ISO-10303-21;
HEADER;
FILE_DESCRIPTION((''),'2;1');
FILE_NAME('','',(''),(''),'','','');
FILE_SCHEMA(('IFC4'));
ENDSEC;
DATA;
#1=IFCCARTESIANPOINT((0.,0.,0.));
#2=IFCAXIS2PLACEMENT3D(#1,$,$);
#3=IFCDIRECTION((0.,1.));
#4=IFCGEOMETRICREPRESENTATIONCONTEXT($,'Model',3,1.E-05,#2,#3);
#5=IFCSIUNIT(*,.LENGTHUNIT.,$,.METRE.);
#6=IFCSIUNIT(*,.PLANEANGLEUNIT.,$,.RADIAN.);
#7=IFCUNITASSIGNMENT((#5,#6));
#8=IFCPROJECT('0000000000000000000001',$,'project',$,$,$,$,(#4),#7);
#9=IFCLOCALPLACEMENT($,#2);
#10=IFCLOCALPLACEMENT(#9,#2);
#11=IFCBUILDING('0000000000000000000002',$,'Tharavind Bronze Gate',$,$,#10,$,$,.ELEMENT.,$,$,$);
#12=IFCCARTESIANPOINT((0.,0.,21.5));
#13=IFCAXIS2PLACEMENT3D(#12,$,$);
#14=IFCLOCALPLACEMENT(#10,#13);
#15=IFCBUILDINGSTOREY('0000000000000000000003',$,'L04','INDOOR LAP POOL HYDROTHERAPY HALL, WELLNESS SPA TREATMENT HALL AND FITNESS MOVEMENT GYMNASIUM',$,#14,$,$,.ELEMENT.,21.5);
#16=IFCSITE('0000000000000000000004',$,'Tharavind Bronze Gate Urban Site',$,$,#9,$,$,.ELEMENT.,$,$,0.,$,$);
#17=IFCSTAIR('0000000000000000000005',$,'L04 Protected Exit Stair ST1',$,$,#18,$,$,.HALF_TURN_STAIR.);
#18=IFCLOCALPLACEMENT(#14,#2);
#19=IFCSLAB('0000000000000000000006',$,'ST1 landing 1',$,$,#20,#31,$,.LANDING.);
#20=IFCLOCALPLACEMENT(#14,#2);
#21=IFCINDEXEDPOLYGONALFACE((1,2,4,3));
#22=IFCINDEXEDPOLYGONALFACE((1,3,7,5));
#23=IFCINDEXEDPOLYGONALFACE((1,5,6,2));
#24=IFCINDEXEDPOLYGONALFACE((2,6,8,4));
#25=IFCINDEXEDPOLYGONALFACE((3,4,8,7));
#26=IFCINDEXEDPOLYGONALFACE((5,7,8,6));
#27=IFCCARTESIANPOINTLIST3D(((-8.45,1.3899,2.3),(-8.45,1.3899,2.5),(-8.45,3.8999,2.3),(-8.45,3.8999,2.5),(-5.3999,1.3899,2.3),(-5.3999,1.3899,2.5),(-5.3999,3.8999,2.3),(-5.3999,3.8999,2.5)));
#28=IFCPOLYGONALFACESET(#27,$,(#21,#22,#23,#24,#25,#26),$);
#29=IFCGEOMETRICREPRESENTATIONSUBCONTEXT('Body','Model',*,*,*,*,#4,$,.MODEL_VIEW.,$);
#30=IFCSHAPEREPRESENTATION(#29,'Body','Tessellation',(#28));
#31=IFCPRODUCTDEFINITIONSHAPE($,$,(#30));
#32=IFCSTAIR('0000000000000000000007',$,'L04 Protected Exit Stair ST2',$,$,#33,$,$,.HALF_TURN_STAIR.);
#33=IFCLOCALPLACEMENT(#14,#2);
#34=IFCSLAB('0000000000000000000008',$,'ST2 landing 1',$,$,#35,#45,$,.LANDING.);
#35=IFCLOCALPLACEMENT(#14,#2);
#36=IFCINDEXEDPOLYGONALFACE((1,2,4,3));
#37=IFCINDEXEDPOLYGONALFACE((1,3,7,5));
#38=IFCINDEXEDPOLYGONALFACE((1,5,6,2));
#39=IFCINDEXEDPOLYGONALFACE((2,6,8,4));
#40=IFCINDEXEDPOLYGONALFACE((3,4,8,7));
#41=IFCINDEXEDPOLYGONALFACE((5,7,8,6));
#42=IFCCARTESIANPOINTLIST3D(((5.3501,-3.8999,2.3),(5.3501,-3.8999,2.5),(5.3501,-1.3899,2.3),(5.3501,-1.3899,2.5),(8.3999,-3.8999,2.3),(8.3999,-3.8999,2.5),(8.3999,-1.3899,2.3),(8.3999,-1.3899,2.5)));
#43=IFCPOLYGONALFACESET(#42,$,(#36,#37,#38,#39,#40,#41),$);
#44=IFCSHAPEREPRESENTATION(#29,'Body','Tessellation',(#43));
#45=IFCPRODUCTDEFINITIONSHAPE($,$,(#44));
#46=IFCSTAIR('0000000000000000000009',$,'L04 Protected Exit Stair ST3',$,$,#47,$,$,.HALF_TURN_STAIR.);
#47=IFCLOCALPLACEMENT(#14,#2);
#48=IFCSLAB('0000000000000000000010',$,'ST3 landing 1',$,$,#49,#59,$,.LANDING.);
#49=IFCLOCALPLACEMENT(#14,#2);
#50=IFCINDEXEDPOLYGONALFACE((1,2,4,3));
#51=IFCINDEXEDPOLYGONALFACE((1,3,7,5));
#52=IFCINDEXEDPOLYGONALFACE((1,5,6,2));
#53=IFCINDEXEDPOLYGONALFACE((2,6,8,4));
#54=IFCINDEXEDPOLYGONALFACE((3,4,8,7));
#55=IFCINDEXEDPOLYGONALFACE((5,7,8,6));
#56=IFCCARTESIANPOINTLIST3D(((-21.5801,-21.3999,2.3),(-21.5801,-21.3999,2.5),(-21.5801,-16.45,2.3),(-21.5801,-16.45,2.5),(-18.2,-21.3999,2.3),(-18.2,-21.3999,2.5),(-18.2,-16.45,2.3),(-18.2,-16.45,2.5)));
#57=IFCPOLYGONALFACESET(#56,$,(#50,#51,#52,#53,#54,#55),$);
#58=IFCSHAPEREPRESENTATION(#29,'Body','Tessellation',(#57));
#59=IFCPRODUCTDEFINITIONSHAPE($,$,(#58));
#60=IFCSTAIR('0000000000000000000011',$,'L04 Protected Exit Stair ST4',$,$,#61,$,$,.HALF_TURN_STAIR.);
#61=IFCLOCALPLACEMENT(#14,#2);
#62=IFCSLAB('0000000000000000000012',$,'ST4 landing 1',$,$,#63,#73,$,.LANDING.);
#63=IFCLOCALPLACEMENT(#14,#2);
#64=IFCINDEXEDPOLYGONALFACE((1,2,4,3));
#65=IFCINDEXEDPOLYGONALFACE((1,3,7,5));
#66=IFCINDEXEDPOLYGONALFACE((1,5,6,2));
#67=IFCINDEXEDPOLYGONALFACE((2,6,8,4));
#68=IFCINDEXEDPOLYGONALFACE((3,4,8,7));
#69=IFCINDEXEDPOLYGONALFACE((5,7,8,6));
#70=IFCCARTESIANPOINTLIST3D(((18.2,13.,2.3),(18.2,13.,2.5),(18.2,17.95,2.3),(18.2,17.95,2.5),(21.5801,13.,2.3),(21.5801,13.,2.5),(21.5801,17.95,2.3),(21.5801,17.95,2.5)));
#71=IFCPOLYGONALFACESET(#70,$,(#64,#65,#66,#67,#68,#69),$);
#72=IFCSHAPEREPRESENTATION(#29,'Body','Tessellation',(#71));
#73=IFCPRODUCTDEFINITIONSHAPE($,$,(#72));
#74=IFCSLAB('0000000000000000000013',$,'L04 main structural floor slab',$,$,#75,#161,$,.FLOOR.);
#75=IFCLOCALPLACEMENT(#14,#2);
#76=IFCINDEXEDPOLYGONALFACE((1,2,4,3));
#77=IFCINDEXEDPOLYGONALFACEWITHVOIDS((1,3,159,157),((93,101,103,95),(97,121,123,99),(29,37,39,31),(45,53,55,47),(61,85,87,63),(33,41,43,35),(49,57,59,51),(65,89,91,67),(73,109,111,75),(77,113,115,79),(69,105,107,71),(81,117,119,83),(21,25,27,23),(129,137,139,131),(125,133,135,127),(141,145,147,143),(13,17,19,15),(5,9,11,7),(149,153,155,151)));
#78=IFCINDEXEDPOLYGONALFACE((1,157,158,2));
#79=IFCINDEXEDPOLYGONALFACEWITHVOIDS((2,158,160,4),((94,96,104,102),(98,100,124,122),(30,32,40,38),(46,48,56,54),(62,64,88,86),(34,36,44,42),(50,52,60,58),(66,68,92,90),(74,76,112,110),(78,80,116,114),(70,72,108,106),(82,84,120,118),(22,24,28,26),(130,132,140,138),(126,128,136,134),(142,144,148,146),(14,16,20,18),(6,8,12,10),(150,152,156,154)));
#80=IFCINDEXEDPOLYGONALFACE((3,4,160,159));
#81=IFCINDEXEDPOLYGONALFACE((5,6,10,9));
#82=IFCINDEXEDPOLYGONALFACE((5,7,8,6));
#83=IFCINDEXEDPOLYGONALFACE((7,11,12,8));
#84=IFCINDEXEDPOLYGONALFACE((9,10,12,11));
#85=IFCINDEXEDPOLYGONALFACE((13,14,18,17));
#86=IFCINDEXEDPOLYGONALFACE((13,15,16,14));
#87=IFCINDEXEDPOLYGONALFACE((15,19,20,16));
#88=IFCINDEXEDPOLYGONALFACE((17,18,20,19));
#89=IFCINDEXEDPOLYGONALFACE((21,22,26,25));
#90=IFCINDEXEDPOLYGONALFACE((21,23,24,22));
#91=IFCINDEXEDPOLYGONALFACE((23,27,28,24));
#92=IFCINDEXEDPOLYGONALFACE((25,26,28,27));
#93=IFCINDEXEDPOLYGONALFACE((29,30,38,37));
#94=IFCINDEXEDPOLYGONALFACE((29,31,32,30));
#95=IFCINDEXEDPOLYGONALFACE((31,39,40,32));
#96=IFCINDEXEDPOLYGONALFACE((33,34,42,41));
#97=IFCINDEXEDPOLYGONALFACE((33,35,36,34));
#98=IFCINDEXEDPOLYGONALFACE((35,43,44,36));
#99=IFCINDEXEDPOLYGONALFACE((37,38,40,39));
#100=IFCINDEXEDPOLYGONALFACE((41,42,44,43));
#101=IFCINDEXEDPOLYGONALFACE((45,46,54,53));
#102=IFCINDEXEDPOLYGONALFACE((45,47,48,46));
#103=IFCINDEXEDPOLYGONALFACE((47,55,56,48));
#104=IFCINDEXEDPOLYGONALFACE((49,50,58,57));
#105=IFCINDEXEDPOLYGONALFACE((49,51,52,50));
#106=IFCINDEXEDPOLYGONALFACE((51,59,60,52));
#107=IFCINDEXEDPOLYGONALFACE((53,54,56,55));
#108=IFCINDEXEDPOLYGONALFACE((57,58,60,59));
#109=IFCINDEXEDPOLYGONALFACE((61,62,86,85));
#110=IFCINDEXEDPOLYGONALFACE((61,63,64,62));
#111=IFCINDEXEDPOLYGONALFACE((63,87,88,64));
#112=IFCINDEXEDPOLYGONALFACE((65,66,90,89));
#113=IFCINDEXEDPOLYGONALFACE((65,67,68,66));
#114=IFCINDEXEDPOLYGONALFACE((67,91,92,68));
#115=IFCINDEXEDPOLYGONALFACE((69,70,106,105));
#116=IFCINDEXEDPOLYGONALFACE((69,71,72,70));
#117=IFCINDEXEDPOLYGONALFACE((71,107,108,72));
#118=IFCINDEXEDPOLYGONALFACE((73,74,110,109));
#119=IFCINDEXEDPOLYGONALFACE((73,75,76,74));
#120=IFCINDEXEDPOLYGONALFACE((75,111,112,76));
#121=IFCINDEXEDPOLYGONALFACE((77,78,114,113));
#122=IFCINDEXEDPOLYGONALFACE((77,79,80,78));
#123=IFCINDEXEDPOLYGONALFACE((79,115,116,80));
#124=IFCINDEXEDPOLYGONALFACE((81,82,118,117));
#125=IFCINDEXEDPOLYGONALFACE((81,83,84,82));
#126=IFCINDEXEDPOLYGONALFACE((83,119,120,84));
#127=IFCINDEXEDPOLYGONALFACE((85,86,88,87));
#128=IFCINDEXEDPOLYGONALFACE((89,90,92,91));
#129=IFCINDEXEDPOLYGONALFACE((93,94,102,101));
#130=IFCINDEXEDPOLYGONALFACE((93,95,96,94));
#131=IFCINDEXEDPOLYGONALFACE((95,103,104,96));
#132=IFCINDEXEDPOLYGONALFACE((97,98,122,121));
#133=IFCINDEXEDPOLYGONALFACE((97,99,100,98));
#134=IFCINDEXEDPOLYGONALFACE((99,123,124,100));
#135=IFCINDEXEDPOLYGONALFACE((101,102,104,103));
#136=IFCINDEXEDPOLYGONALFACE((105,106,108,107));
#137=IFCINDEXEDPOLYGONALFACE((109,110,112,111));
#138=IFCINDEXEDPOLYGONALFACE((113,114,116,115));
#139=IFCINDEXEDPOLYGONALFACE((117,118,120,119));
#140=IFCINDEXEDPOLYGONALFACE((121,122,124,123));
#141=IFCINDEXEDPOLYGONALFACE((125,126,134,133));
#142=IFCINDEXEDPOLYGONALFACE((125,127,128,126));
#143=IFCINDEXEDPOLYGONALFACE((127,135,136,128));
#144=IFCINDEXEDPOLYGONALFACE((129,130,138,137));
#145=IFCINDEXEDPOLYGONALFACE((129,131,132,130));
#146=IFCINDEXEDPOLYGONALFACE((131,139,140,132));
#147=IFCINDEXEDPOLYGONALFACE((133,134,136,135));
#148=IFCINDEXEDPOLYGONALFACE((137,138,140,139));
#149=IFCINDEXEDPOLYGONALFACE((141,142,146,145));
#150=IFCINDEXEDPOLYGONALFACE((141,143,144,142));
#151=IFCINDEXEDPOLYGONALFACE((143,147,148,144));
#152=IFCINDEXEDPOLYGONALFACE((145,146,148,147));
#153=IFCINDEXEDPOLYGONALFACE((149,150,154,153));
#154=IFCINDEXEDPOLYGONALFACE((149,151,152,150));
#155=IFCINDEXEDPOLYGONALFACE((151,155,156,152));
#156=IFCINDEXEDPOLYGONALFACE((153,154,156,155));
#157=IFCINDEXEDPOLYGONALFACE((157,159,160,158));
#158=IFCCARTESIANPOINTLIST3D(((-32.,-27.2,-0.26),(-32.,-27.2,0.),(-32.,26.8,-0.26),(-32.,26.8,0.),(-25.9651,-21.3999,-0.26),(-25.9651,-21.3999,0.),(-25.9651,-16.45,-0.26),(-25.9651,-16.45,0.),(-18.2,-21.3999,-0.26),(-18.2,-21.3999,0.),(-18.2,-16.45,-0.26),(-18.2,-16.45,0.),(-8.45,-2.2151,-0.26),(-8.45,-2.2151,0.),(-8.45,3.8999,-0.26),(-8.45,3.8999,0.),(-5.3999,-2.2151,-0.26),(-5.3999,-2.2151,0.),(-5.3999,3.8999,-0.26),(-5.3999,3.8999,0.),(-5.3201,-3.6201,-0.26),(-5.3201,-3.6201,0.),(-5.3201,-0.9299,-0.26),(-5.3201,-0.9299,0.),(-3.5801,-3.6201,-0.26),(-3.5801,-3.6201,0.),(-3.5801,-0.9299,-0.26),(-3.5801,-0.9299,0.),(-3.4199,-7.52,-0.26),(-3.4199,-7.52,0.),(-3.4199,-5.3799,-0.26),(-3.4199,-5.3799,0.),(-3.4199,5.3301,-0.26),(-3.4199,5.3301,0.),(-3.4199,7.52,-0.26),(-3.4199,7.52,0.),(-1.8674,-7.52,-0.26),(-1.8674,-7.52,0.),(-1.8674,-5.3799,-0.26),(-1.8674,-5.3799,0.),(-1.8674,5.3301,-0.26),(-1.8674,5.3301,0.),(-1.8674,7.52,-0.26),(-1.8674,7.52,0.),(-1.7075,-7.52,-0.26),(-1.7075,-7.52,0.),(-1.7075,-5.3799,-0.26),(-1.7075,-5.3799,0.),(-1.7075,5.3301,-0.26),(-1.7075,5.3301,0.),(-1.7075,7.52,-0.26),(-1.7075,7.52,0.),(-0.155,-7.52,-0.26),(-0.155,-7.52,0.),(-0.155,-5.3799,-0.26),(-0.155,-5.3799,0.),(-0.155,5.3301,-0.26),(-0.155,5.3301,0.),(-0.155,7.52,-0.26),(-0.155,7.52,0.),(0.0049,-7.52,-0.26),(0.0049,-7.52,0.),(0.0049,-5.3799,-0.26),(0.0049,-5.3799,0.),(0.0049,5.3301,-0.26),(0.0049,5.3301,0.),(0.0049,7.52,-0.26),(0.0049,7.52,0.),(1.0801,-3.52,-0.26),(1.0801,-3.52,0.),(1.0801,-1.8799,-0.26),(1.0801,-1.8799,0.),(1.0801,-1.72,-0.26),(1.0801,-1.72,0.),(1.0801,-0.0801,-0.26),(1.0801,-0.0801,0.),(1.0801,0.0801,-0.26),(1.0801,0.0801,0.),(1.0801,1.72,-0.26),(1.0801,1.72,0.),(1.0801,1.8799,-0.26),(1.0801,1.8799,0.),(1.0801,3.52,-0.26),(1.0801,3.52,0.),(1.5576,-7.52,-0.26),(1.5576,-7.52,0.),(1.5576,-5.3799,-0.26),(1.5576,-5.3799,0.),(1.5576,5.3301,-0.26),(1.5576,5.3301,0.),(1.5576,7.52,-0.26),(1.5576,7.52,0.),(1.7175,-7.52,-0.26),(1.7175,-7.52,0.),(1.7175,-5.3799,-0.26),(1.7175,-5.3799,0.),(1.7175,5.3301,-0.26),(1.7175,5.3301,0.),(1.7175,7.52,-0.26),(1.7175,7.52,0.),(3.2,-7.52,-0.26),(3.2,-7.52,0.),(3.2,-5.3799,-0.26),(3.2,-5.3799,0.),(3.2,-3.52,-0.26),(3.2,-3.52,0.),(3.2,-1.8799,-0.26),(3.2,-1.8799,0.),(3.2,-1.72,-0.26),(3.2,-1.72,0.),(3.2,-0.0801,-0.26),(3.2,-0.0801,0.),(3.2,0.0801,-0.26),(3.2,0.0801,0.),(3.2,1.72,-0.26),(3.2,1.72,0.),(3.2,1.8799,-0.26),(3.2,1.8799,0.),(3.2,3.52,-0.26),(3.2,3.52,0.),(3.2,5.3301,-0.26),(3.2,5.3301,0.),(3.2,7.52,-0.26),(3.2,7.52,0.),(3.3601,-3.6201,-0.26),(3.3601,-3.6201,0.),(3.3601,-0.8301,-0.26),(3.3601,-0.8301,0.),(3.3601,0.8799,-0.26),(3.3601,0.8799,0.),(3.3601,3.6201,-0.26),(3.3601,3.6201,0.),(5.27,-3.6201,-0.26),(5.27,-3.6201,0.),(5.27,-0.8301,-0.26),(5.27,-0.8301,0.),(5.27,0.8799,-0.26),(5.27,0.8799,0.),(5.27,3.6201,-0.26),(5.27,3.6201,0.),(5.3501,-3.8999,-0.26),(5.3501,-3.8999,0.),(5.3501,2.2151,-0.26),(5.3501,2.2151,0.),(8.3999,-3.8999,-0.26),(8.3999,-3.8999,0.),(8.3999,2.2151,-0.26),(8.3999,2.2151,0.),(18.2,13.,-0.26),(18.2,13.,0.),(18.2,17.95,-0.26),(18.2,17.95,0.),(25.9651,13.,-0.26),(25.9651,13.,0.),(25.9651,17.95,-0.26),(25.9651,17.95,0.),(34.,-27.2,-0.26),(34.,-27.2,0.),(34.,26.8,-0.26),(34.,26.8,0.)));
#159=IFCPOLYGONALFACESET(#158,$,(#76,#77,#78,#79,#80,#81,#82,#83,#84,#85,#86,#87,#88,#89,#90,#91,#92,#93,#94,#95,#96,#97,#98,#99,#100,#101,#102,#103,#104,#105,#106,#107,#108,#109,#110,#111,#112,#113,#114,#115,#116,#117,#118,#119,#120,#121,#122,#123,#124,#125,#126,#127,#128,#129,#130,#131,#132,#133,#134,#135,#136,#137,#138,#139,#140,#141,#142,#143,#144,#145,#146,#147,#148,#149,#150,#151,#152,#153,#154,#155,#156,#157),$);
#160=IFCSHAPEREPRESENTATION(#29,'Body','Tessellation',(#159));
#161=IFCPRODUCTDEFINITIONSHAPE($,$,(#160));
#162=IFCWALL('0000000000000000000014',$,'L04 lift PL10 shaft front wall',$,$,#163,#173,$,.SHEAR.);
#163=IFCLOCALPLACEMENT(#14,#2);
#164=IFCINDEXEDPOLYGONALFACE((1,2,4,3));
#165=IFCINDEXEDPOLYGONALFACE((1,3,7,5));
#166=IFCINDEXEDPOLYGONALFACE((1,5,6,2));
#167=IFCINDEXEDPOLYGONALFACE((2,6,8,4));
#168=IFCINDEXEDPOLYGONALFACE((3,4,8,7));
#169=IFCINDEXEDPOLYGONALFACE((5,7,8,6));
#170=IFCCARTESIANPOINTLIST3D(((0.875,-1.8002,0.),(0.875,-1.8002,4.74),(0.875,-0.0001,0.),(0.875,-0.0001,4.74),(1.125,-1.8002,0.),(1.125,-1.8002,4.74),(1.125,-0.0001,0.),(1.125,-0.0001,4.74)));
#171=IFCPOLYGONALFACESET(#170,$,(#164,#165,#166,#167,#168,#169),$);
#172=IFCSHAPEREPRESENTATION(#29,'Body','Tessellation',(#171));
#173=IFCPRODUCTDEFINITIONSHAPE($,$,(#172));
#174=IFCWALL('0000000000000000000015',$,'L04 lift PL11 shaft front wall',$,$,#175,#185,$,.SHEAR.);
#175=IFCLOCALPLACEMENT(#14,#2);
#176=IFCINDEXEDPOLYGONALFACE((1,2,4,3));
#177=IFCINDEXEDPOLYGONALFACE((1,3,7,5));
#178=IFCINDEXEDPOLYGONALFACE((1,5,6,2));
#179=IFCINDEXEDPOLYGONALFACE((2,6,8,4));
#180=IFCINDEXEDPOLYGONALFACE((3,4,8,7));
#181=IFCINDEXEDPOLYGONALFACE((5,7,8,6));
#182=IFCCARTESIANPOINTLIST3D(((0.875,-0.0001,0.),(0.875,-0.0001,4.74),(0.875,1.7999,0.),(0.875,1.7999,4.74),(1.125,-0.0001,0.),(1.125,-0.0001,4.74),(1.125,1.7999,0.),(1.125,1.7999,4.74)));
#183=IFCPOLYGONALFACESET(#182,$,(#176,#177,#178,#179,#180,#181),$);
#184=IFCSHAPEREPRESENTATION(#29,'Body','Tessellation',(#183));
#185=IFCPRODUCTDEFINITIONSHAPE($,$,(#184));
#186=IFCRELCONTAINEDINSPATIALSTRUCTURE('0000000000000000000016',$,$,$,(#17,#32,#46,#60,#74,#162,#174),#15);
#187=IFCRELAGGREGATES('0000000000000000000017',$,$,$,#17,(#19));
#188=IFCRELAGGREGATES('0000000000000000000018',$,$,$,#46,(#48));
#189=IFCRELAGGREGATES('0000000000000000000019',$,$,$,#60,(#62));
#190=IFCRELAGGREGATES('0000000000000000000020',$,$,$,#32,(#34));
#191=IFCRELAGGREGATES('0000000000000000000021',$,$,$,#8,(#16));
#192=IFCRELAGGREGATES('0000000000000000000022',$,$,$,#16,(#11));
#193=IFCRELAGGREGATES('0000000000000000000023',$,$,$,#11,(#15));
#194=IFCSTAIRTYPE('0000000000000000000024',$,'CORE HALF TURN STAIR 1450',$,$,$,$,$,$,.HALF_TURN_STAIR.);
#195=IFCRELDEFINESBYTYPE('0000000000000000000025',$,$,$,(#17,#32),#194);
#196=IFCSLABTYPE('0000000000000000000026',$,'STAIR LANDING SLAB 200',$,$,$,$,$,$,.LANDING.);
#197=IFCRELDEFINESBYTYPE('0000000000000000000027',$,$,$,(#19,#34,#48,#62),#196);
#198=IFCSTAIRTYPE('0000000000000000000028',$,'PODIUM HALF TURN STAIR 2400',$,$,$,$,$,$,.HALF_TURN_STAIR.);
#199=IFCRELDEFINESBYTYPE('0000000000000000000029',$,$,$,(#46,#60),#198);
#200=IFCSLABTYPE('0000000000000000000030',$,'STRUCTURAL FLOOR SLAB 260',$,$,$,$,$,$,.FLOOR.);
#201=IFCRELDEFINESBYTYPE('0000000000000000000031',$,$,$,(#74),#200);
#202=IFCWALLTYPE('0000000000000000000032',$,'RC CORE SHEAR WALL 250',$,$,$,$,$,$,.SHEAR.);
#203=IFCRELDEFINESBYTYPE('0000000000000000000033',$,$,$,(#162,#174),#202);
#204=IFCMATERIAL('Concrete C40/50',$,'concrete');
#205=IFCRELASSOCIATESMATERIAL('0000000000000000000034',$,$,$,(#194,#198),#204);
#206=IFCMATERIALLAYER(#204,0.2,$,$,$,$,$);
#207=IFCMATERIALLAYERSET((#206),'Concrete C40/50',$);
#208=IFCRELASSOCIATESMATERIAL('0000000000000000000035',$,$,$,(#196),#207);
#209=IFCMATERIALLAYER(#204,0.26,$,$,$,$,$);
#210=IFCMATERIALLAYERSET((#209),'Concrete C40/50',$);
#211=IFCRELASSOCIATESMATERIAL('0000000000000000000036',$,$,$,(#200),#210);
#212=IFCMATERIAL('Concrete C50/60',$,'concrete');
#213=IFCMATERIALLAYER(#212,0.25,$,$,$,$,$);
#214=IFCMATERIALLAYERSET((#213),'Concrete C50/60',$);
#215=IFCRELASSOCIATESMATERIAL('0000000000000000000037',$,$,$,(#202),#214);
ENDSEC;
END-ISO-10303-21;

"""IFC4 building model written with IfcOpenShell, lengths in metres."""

from ifc_helpers import new_model, si_unit, direction, frame, frame_2d, origin, place, context, subcontext, project, spatial, polyline, rectangle, outline, extrude, material, layer, layer_set, type_object, element, aggregate, save


model = new_model("IFC4")

# Units and contexts
model_context = context("Model", 3, precision=1e-05, world=origin(), true_north=direction((0.0, 1.0)))
body_context = subcontext(model_context, "Body", "Model", "MODEL_VIEW")
ifc_project = project(units=[si_unit("LENGTHUNIT", "METRE"), si_unit("PLANEANGLEUNIT", "RADIAN")], contexts=[model_context])

# Site, building, storey
site_placement = place(None, origin())
site = spatial("IfcSite", under=ifc_project, at=site_placement, Name="Tharavind Bronze Gate Urban Site", CompositionType="ELEMENT", RefElevation=0.0)
building_placement = place(site_placement, origin())
building = spatial("IfcBuilding", under=site, at=building_placement, Name="Tharavind Bronze Gate", CompositionType="ELEMENT")
storey_placement = place(building_placement, frame((0.0, 0.0, 21.5)))
storey = spatial("IfcBuildingStorey", under=building, at=storey_placement, Name="L04", Description="INDOOR LAP POOL HYDROTHERAPY HALL, WELLNESS SPA TREATMENT HALL AND FITNESS MOVEMENT GYMNASIUM", CompositionType="ELEMENT", Elevation=21.5)

# Stairs, slabs
ifc_material_1 = material(Name="Concrete C40/50", Category="concrete")
stair_type_1 = type_object("IfcStairType", Name="CORE HALF TURN STAIR 1450", PredefinedType="HALF_TURN_STAIR", material=ifc_material_1)
stair_1_placement = place(storey_placement, origin())
stair_1 = element("IfcStair", 1, at=stair_1_placement, inside=storey, type_object=stair_type_1, Name="L04 Protected Exit Stair ST1", PredefinedType="HALF_TURN_STAIR")
ifc_layer_1 = layer(ifc_material_1, 0.2)
ifc_layer_set_1 = layer_set([ifc_layer_1], Name="Concrete C40/50")
slab_type_1 = type_object("IfcSlabType", Name="STAIR LANDING SLAB 200", PredefinedType="LANDING", material=ifc_layer_set_1)
slab_1_placement = place(storey_placement, frame((0.0, 0.0, 2.3)))
slab_1 = element("IfcSlab", 2, at=slab_1_placement, type_object=slab_type_1, Name="ST1 landing 1", PredefinedType="LANDING", context=body_context, shape_type="SweptSolid", body=[
    extrude(outline(polyline([(-5.3999, 1.3899), (-5.3999, 3.8999), (-8.45, 3.8999), (-8.45, 1.3899), (-5.3999, 1.3899)])), origin(), (0.0, 0.0, 1.0), 0.2),
])
aggregate(stair_1, [slab_1])
stair_2_placement = place(storey_placement, origin())
stair_2 = element("IfcStair", 3, at=stair_2_placement, inside=storey, type_object=stair_type_1, Name="L04 Protected Exit Stair ST2", PredefinedType="HALF_TURN_STAIR")
slab_2_placement = place(storey_placement, frame((0.0, 0.0, 2.3)))
slab_2 = element("IfcSlab", 4, at=slab_2_placement, type_object=slab_type_1, Name="ST2 landing 1", PredefinedType="LANDING", context=body_context, shape_type="SweptSolid", body=[
    extrude(outline(polyline([(5.3501, -1.3899), (5.3501, -3.8999), (8.3999, -3.8999), (8.3999, -1.3899), (5.3501, -1.3899)])), origin(), (0.0, 0.0, 1.0), 0.2),
])
stair_type_2 = type_object("IfcStairType", Name="PODIUM HALF TURN STAIR 2400", PredefinedType="HALF_TURN_STAIR", material=ifc_material_1)
stair_3_placement = place(storey_placement, origin())
stair_3 = element("IfcStair", 5, at=stair_3_placement, inside=storey, type_object=stair_type_2, Name="L04 Protected Exit Stair ST3", PredefinedType="HALF_TURN_STAIR")
slab_3_placement = place(storey_placement, frame((0.0, 0.0, 2.3)))
slab_3 = element("IfcSlab", 6, at=slab_3_placement, type_object=slab_type_1, Name="ST3 landing 1", PredefinedType="LANDING", context=body_context, shape_type="SweptSolid", body=[
    extrude(outline(polyline([(-21.5801, -21.3999), (-18.2, -21.3999), (-18.2, -16.45), (-21.5801, -16.45), (-21.5801, -21.3999)])), origin(), (0.0, 0.0, 1.0), 0.2),
])
aggregate(stair_3, [slab_3])
stair_4_placement = place(storey_placement, origin())
stair_4 = element("IfcStair", 7, at=stair_4_placement, inside=storey, type_object=stair_type_2, Name="L04 Protected Exit Stair ST4", PredefinedType="HALF_TURN_STAIR")
slab_4_placement = place(storey_placement, frame((0.0, 0.0, 2.3)))
slab_4 = element("IfcSlab", 8, at=slab_4_placement, type_object=slab_type_1, Name="ST4 landing 1", PredefinedType="LANDING", context=body_context, shape_type="SweptSolid", body=[
    extrude(outline(polyline([(21.5801, 17.95), (18.2, 17.95), (18.2, 13.0), (21.5801, 13.0), (21.5801, 17.95)])), origin(), (0.0, 0.0, 1.0), 0.2),
])
aggregate(stair_4, [slab_4])

# Slab
ifc_layer_2 = layer(ifc_material_1, 0.26)
ifc_layer_set_2 = layer_set([ifc_layer_2], Name="Concrete C40/50")
slab_type_2 = type_object("IfcSlabType", Name="STRUCTURAL FLOOR SLAB 260", PredefinedType="FLOOR", material=ifc_layer_set_2)
slab_5_placement = place(storey_placement, frame((0.0, 0.0, -0.26)))
element("IfcSlab", 9, at=slab_5_placement, inside=storey, type_object=slab_type_2, Name="L04 main structural floor slab", PredefinedType="FLOOR", context=body_context, shape_type="SweptSolid", body=[
    extrude(outline(polyline([(-32.0, -27.2), (34.0, -27.2), (34.0, 26.8), (-32.0, 26.8), (-32.0, -27.2)]), holes=[polyline([(-5.3999, -2.2151), (-5.3999, 3.8999), (-8.45, 3.8999), (-8.45, -2.2151), (-5.3999, -2.2151)]), polyline([(5.3501, 2.2151), (5.3501, -3.8999), (8.3999, -3.8999), (8.3999, 2.2151), (5.3501, 2.2151)]), polyline([(-25.9651, -21.3999), (-18.2, -21.3999), (-18.2, -16.45), (-25.9651, -16.45), (-25.9651, -21.3999)]), polyline([(25.9651, 17.95), (18.2, 17.95), (18.2, 13.0), (25.9651, 13.0), (25.9651, 17.95)]), polyline([(-3.4199, -7.52), (-1.8674, -7.52), (-1.8674, -5.3799), (-3.4199, -5.3799), (-3.4199, -7.52)]), polyline([(-1.7075, -7.52), (-0.155, -7.52), (-0.155, -5.3799), (-1.7075, -5.3799), (-1.7075, -7.52)]), polyline([(0.0049, -7.52), (1.5576, -7.52), (1.5576, -5.3799), (0.0049, -5.3799), (0.0049, -7.52)]), polyline([(1.7175, -7.52), (3.2, -7.52), (3.2, -5.3799), (1.7175, -5.3799), (1.7175, -7.52)]), polyline([(-3.4199, 5.3301), (-1.8674, 5.3301), (-1.8674, 7.52), (-3.4199, 7.52), (-3.4199, 5.3301)]), polyline([(-1.7075, 5.3301), (-0.155, 5.3301), (-0.155, 7.52), (-1.7075, 7.52), (-1.7075, 5.3301)]), polyline([(0.0049, 5.3301), (1.5576, 5.3301), (1.5576, 7.52), (0.0049, 7.52), (0.0049, 5.3301)]), polyline([(1.7175, 5.3301), (3.2, 5.3301), (3.2, 7.52), (1.7175, 7.52), (1.7175, 5.3301)]), polyline([(1.0801, -3.52), (3.2, -3.52), (3.2, -1.8799), (1.0801, -1.8799), (1.0801, -3.52)]), polyline([(1.0801, -1.72), (3.2, -1.72), (3.2, -0.0801), (1.0801, -0.0801), (1.0801, -1.72)]), polyline([(1.0801, 0.0801), (3.2, 0.0801), (3.2, 1.72), (1.0801, 1.72), (1.0801, 0.0801)]), polyline([(1.0801, 1.8799), (3.2, 1.8799), (3.2, 3.52), (1.0801, 3.52), (1.0801, 1.8799)]), polyline([(-5.3201, -3.6201), (-3.5801, -3.6201), (-3.5801, -0.9299), (-5.3201, -0.9299), (-5.3201, -3.6201)]), polyline([(3.3601, 0.8799), (5.27, 0.8799), (5.27, 3.6201), (3.3601, 3.6201), (3.3601, 0.8799)]), polyline([(3.3601, -3.6201), (5.27, -3.6201), (5.27, -0.8301), (3.3601, -0.8301), (3.3601, -3.6201)])]), origin(), (0.0, 0.0, 1.0), 0.26),
])

# Walls
ifc_material_2 = material(Name="Concrete C50/60", Category="concrete")
ifc_layer_3 = layer(ifc_material_2, 0.25)
ifc_layer_set_3 = layer_set([ifc_layer_3], Name="Concrete C50/60")
wall_type_1 = type_object("IfcWallType", Name="RC CORE SHEAR WALL 250", PredefinedType="SHEAR", material=ifc_layer_set_3)
for number, where, z_axis, x_axis, name in (
    (10, (1.0, -1.8, 0.0), (0.0, 0.0, 1.0), (0.0, 1.0, 0.0), "L04 lift PL10 shaft front wall"),
    (11, (1.0, 0.0, 0.0), (0.0, 0.0, 1.0), (0.0, 1.0, 0.0), "L04 lift PL11 shaft front wall"),
):
    element("IfcWall", number, at=place(storey_placement, frame(where, z_axis=z_axis, x_axis=x_axis)), inside=storey, type_object=wall_type_1, Name=name, PredefinedType="SHEAR", context=body_context, shape_type="SweptSolid", body=[
        extrude(rectangle(XDim=1.8, YDim=0.25, at=frame_2d((0.8999, 0.0))), origin(), (0.0, 0.0, 1.0), 4.74),
    ])

aggregate(stair_2, [slab_2])

save(model, "model.ifc")
